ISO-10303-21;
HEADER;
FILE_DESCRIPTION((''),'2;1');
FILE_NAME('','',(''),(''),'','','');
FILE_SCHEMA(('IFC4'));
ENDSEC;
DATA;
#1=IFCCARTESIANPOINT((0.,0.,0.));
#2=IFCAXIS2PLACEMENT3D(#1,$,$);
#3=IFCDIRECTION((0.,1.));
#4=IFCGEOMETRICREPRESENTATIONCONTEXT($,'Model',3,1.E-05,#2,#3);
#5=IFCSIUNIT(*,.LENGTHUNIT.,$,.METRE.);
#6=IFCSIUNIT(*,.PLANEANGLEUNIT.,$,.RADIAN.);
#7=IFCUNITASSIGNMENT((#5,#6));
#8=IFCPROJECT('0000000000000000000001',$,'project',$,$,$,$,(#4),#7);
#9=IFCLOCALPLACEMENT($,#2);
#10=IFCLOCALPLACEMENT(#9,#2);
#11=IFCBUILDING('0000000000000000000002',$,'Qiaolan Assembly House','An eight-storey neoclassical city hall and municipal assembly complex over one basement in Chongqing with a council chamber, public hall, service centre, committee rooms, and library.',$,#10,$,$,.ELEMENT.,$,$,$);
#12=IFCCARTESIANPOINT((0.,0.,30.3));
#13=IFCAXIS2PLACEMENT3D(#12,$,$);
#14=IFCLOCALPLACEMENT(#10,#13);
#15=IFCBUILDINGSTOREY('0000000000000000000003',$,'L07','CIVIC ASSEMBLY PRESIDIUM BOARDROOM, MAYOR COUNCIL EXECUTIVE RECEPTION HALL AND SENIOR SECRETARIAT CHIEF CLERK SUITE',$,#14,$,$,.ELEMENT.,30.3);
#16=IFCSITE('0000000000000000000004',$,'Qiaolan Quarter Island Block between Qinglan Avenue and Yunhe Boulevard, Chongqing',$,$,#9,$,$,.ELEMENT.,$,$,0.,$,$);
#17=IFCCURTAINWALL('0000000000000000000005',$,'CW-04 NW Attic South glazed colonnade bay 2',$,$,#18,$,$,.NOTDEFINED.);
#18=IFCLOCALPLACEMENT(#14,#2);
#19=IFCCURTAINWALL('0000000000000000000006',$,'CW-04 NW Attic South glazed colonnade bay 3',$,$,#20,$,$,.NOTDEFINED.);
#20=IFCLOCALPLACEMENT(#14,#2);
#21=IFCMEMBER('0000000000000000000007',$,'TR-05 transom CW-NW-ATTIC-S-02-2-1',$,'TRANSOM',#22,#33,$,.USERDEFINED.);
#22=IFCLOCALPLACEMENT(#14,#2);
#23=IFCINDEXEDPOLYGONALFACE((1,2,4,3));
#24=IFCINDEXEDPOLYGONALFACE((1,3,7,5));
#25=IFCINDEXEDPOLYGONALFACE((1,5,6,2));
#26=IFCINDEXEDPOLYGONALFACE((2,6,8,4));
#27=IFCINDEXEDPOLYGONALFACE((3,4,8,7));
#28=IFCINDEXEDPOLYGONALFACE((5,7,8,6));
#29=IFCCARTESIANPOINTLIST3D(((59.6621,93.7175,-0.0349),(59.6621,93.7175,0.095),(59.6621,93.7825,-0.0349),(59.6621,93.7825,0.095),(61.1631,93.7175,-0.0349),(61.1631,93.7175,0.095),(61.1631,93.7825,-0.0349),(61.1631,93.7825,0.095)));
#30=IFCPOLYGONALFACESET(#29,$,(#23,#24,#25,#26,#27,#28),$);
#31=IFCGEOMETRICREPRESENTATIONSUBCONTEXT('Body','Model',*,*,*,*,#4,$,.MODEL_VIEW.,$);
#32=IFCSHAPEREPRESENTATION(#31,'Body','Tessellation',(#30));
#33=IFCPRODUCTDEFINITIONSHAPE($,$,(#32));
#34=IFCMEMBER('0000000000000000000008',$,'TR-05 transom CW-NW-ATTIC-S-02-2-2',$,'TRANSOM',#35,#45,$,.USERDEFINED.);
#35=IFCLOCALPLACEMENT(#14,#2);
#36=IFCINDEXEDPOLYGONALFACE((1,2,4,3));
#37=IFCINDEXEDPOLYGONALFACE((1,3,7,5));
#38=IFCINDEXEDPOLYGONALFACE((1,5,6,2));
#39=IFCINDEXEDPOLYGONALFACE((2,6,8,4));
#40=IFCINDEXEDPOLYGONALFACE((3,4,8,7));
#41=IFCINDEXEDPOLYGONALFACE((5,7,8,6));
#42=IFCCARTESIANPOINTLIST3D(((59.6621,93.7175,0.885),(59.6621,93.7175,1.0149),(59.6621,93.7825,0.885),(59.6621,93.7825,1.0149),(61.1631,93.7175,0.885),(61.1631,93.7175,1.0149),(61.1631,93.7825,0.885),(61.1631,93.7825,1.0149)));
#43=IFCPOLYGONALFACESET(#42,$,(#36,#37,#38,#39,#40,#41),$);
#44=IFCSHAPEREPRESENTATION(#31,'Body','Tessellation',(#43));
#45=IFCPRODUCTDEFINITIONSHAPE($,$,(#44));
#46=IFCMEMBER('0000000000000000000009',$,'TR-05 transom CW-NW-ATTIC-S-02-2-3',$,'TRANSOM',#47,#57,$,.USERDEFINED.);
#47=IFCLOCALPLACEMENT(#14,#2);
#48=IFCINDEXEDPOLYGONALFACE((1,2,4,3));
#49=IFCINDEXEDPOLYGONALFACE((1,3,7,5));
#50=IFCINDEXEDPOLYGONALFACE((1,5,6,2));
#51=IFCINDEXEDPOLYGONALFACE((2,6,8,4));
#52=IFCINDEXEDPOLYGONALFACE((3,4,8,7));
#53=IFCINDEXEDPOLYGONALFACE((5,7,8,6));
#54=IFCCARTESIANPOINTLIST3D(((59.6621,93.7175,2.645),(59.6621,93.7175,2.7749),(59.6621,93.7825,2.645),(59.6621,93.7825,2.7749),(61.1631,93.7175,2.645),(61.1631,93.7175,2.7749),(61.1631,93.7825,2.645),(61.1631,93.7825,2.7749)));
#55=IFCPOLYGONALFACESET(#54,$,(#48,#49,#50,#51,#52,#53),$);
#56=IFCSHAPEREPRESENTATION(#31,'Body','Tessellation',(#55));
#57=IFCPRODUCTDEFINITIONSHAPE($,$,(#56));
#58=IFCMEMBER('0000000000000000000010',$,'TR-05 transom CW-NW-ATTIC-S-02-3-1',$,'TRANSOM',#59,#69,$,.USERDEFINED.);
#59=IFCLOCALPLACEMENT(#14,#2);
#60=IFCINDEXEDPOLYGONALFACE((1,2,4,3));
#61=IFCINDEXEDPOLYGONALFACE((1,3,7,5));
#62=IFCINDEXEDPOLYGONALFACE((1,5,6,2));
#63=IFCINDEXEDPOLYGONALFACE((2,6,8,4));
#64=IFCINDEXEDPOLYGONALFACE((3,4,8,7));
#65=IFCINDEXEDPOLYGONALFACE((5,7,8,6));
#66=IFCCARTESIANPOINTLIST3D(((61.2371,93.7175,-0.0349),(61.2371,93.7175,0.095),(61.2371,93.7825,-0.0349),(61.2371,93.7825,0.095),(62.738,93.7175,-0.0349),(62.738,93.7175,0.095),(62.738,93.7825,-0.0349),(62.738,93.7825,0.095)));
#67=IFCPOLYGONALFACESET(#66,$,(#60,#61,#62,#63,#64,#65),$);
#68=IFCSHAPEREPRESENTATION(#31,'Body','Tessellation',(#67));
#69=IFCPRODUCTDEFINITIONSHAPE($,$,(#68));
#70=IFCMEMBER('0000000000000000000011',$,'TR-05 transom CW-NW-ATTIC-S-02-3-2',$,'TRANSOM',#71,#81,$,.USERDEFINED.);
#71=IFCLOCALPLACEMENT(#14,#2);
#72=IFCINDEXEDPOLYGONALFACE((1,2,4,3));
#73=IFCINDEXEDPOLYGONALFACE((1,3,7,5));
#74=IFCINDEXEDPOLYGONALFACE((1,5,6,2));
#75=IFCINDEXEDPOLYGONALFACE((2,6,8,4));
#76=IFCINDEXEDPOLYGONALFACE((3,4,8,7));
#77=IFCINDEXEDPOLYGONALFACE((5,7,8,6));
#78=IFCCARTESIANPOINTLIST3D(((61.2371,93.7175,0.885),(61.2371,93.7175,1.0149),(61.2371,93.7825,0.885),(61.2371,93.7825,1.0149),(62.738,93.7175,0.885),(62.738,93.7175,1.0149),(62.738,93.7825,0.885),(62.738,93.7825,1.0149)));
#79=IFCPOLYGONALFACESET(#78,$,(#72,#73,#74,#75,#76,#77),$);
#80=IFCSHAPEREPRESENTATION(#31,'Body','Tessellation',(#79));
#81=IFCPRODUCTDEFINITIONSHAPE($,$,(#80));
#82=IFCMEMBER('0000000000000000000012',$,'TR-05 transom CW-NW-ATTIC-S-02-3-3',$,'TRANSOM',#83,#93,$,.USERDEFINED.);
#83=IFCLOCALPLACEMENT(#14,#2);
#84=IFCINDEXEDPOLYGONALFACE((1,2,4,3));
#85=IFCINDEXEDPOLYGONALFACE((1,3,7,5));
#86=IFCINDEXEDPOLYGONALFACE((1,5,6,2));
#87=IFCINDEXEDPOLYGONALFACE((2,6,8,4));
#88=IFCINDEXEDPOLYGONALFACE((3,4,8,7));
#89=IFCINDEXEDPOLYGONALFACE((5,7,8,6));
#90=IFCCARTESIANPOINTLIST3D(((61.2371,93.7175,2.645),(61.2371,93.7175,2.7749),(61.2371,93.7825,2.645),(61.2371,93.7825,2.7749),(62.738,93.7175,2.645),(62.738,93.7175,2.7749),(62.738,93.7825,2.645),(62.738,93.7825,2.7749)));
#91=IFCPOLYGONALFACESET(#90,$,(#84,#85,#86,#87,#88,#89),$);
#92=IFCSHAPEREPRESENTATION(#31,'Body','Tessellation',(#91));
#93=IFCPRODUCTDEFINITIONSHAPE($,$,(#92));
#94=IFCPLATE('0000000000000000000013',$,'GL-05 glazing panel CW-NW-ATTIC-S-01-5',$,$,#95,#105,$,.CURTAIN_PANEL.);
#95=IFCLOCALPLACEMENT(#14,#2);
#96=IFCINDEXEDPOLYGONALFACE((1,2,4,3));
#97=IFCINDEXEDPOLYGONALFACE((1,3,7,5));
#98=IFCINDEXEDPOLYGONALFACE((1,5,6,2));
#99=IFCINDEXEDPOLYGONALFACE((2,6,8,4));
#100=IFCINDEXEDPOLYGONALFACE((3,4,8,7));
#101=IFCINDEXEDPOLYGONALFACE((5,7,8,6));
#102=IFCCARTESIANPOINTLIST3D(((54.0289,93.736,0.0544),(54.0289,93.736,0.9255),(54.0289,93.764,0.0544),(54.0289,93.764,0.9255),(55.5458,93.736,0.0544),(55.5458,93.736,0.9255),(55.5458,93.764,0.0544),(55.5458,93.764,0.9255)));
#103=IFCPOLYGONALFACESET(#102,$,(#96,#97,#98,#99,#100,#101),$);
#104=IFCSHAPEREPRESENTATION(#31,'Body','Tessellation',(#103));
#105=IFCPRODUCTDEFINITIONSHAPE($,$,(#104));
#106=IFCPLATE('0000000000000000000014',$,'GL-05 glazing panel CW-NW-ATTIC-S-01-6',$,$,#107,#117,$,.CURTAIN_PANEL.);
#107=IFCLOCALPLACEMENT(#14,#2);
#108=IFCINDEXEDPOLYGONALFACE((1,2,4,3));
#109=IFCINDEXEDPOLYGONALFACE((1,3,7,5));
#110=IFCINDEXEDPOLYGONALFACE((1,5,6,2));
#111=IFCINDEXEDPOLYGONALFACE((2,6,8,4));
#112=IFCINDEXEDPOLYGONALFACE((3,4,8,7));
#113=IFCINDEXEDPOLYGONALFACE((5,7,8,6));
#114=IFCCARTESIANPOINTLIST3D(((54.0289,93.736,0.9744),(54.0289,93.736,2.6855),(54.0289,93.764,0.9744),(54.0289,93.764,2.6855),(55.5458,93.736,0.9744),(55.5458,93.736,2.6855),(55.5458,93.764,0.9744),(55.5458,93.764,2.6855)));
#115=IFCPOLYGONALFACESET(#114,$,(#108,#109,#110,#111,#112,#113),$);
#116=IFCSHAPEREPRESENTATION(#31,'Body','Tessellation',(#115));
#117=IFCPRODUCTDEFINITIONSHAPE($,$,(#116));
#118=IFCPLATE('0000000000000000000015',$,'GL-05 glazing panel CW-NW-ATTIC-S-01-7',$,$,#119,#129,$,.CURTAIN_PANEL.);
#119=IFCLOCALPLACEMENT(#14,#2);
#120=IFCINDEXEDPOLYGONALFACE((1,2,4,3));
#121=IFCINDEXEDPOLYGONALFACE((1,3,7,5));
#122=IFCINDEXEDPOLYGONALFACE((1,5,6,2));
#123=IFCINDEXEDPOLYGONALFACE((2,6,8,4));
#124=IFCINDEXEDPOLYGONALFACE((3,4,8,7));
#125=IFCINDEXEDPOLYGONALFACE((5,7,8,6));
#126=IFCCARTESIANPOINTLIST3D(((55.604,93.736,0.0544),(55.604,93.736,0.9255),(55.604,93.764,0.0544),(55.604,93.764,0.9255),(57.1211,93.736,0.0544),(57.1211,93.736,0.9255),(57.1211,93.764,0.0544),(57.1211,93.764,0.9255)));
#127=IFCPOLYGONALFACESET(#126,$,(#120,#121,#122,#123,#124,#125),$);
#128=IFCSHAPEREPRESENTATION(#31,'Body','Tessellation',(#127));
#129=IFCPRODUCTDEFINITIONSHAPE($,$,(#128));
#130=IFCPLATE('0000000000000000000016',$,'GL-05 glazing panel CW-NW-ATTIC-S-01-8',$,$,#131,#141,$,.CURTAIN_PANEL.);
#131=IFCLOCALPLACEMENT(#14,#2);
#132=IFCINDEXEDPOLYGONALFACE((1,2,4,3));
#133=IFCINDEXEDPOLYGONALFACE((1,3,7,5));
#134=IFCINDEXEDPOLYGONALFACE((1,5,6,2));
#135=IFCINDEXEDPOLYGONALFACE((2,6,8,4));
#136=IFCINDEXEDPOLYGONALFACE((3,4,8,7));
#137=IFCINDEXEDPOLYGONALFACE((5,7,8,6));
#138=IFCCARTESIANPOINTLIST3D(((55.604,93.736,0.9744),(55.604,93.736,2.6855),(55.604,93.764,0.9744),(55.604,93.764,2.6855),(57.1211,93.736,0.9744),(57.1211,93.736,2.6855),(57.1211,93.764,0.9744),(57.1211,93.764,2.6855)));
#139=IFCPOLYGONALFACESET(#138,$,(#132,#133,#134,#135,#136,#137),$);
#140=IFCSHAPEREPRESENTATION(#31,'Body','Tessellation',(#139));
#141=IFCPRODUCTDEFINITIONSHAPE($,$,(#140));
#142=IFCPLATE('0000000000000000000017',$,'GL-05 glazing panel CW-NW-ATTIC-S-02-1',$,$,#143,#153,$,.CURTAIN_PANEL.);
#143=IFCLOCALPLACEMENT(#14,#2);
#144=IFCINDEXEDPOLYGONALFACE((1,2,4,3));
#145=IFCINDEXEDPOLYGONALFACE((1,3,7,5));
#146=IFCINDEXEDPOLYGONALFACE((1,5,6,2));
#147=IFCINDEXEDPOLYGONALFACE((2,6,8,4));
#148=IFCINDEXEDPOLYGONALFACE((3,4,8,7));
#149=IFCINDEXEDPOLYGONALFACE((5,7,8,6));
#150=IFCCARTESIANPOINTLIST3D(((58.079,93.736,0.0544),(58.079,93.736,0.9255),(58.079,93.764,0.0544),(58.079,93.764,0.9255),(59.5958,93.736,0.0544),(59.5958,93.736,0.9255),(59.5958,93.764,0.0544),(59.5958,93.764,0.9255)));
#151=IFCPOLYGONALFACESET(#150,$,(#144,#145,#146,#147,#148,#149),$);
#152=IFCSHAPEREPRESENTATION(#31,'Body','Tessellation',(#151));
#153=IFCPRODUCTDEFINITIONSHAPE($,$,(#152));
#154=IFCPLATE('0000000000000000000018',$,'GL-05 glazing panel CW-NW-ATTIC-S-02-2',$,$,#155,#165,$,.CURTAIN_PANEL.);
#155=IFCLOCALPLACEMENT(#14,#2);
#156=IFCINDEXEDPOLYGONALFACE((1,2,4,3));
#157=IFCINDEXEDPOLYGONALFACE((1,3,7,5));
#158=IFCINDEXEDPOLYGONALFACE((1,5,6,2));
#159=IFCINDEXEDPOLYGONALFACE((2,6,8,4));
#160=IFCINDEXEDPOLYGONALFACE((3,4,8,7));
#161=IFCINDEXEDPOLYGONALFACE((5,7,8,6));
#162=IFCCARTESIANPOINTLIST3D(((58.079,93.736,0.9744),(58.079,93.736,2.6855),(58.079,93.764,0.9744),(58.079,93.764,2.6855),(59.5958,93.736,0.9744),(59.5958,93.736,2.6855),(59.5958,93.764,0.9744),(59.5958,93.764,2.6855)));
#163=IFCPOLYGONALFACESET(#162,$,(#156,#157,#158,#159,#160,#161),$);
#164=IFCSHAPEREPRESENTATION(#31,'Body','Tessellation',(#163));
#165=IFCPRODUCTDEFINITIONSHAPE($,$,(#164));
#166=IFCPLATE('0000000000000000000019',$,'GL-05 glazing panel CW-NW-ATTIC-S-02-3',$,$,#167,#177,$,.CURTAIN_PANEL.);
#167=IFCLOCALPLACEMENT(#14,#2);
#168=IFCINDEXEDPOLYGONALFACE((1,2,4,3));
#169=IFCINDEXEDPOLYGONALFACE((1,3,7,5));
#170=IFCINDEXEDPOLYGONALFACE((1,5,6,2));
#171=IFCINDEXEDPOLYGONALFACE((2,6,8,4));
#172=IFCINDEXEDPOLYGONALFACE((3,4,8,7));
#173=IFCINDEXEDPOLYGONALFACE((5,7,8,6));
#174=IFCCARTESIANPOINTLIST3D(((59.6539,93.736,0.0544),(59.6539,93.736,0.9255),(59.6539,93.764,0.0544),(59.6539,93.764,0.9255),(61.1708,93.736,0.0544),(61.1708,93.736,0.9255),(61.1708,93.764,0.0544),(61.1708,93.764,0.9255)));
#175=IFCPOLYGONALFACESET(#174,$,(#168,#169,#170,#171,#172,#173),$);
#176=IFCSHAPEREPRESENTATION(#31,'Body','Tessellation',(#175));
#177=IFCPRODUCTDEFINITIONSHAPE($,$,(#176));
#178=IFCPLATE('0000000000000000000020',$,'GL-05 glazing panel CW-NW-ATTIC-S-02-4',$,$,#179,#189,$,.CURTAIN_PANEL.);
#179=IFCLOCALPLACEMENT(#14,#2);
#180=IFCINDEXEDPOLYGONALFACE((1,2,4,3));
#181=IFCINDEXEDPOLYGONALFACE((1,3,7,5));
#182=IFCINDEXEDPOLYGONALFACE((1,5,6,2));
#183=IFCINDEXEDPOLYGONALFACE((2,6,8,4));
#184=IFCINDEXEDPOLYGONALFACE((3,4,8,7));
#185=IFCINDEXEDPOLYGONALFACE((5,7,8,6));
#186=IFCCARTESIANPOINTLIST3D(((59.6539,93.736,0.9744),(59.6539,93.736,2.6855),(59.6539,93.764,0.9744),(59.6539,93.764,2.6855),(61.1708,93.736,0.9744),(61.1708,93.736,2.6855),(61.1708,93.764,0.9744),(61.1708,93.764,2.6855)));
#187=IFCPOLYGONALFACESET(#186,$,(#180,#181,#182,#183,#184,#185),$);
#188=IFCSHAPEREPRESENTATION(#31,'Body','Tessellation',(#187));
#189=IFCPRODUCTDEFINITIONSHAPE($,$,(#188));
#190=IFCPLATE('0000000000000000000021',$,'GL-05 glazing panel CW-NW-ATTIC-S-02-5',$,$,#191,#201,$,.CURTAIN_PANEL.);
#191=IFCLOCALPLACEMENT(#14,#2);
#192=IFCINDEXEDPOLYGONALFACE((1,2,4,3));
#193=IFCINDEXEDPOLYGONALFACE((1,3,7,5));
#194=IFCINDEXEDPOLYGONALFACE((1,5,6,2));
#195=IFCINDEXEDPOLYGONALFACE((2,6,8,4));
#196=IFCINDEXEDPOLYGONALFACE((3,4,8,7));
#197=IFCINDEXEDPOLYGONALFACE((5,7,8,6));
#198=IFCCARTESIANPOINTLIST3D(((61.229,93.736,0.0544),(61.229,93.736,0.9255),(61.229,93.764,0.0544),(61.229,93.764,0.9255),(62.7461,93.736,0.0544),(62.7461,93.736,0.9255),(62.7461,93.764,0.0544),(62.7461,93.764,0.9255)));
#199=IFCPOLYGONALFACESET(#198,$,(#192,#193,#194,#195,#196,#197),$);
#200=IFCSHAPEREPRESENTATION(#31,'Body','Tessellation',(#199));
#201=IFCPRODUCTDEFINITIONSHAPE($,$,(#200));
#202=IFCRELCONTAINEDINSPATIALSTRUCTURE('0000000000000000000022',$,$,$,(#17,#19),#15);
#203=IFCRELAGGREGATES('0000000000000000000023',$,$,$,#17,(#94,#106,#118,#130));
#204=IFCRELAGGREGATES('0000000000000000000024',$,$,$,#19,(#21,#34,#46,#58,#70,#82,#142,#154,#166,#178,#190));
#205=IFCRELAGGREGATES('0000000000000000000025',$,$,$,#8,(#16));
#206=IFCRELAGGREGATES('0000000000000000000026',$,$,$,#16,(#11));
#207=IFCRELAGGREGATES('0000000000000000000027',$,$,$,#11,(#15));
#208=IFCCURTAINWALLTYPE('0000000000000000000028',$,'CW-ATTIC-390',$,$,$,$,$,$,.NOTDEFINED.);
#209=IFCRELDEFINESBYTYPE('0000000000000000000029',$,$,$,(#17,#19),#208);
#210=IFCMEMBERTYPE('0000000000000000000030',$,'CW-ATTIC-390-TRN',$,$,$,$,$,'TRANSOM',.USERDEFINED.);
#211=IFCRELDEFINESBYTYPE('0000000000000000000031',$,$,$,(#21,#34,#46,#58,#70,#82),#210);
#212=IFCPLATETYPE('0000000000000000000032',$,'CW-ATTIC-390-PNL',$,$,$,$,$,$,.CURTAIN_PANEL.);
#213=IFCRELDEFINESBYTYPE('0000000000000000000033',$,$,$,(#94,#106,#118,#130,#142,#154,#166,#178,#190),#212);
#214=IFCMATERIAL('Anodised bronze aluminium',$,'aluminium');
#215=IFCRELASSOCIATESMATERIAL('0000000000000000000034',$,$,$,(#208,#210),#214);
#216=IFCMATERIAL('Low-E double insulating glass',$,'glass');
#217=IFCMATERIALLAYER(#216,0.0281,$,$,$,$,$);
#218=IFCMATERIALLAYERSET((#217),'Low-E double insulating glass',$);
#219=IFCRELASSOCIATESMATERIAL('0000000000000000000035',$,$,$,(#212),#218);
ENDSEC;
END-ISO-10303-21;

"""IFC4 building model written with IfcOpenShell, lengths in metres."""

from ifc_helpers import new_model, si_unit, direction, frame, frame_2d, origin, origin_2d, place, context, subcontext, project, spatial, rectangle, extrude, material, layer, layer_set, material_profile, profile_set, type_object, element, aggregate, save


model = new_model("IFC4")

# Units and contexts
model_context = context("Model", 3, precision=1e-05, world=origin(), true_north=direction((0.0, 1.0)))
body_context = subcontext(model_context, "Body", "Model", "MODEL_VIEW")
ifc_project = project(units=[si_unit("LENGTHUNIT", "METRE"), si_unit("PLANEANGLEUNIT", "RADIAN")], contexts=[model_context])

# Site, building, storey
site_placement = place(None, origin())
site = spatial("IfcSite", under=ifc_project, at=site_placement, Name="Qiaolan Quarter Island Block between Qinglan Avenue and Yunhe Boulevard, Chongqing", CompositionType="ELEMENT", RefElevation=0.0)
building_placement = place(site_placement, origin())
building = spatial("IfcBuilding", under=site, at=building_placement, Name="Qiaolan Assembly House", Description="An eight-storey neoclassical city hall and municipal assembly complex over one basement in Chongqing with a council chamber, public hall, service centre, committee rooms, and library.", CompositionType="ELEMENT")
storey_placement = place(building_placement, frame((0.0, 0.0, 30.3)))
storey = spatial("IfcBuildingStorey", under=building, at=storey_placement, Name="L07", Description="CIVIC ASSEMBLY PRESIDIUM BOARDROOM, MAYOR COUNCIL EXECUTIVE RECEPTION HALL AND SENIOR SECRETARIAT CHIEF CLERK SUITE", CompositionType="ELEMENT", Elevation=30.3)

# Curtain walls
ifc_material_1 = material(Name="Anodised bronze aluminium", Category="aluminium")
curtain_wall_type = type_object("IfcCurtainWallType", Name="CW-ATTIC-390", PredefinedType="NOTDEFINED", material=ifc_material_1)
curtain_wall_1_placement = place(storey_placement, origin())
curtain_wall_1 = element("IfcCurtainWall", 1, at=curtain_wall_1_placement, inside=storey, type_object=curtain_wall_type, Name="CW-04 NW Attic South glazed colonnade bay 2", PredefinedType="NOTDEFINED")
curtain_wall_2_placement = place(storey_placement, origin())
curtain_wall_2 = element("IfcCurtainWall", 2, at=curtain_wall_2_placement, inside=storey, type_object=curtain_wall_type, Name="CW-04 NW Attic South glazed colonnade bay 3", PredefinedType="NOTDEFINED")

# Members
ifc_material_profile_1 = material_profile(ifc_material_1, rectangle(XDim=0.0649, YDim=0.1299, at=origin_2d()), Name="TRN 65x130")
ifc_profile_set_1 = profile_set([ifc_material_profile_1], Name="Anodised bronze aluminium")
member_type_1 = type_object("IfcMemberType", Name="CW-ATTIC-390-TRN", ElementType="TRANSOM", PredefinedType="USERDEFINED", material=ifc_profile_set_1)
member_1_placement = place(storey_placement, frame((59.6621, 93.75, 0.03), z_axis=(1.0, 0.0, 0.0), x_axis=(0.0, 1.0, 0.0)))
member_1 = element("IfcMember", 3, at=member_1_placement, type_object=member_type_1, Name="TR-05 transom CW-NW-ATTIC-S-02-2-1", ObjectType="TRANSOM", PredefinedType="USERDEFINED", context=body_context, shape_type="SweptSolid", body=[
    extrude(rectangle(XDim=0.0649, YDim=0.1299, at=origin_2d()), origin(), (0.0, 0.0, 1.0), 1.501),
])
member_2_placement = place(storey_placement, frame((59.6621, 93.75, 0.95), z_axis=(1.0, 0.0, 0.0), x_axis=(0.0, 1.0, 0.0)))
member_2 = element("IfcMember", 4, at=member_2_placement, type_object=member_type_1, Name="TR-05 transom CW-NW-ATTIC-S-02-2-2", ObjectType="TRANSOM", PredefinedType="USERDEFINED", context=body_context, shape_type="SweptSolid", body=[
    extrude(rectangle(XDim=0.0649, YDim=0.1299, at=origin_2d()), origin(), (0.0, 0.0, 1.0), 1.501),
])
member_3_placement = place(storey_placement, frame((59.6621, 93.75, 2.71), z_axis=(1.0, 0.0, 0.0), x_axis=(0.0, 1.0, 0.0)))
member_3 = element("IfcMember", 5, at=member_3_placement, type_object=member_type_1, Name="TR-05 transom CW-NW-ATTIC-S-02-2-3", ObjectType="TRANSOM", PredefinedType="USERDEFINED", context=body_context, shape_type="SweptSolid", body=[
    extrude(rectangle(XDim=0.0649, YDim=0.1299, at=origin_2d()), origin(), (0.0, 0.0, 1.0), 1.501),
])
member_4_placement = place(storey_placement, frame((61.2371, 93.75, 0.03), z_axis=(1.0, 0.0, 0.0), x_axis=(0.0, 1.0, 0.0)))
member_4 = element("IfcMember", 6, at=member_4_placement, type_object=member_type_1, Name="TR-05 transom CW-NW-ATTIC-S-02-3-1", ObjectType="TRANSOM", PredefinedType="USERDEFINED", context=body_context, shape_type="SweptSolid", body=[
    extrude(rectangle(XDim=0.0649, YDim=0.1299, at=origin_2d()), origin(), (0.0, 0.0, 1.0), 1.501),
])
member_5_placement = place(storey_placement, frame((61.2371, 93.75, 0.95), z_axis=(1.0, 0.0, 0.0), x_axis=(0.0, 1.0, 0.0)))
member_5 = element("IfcMember", 7, at=member_5_placement, type_object=member_type_1, Name="TR-05 transom CW-NW-ATTIC-S-02-3-2", ObjectType="TRANSOM", PredefinedType="USERDEFINED", context=body_context, shape_type="SweptSolid", body=[
    extrude(rectangle(XDim=0.0649, YDim=0.1299, at=origin_2d()), origin(), (0.0, 0.0, 1.0), 1.501),
])
member_6_placement = place(storey_placement, frame((61.2371, 93.75, 2.71), z_axis=(1.0, 0.0, 0.0), x_axis=(0.0, 1.0, 0.0)))
member_6 = element("IfcMember", 8, at=member_6_placement, type_object=member_type_1, Name="TR-05 transom CW-NW-ATTIC-S-02-3-3", ObjectType="TRANSOM", PredefinedType="USERDEFINED", context=body_context, shape_type="SweptSolid", body=[
    extrude(rectangle(XDim=0.0649, YDim=0.1299, at=origin_2d()), origin(), (0.0, 0.0, 1.0), 1.501),
])

# Plates
ifc_material_2 = material(Name="Low-E double insulating glass", Category="glass")
ifc_layer = layer(ifc_material_2, 0.0281)
ifc_layer_set = layer_set([ifc_layer], Name="Low-E double insulating glass")
plate_type = type_object("IfcPlateType", Name="CW-ATTIC-390-PNL", PredefinedType="CURTAIN_PANEL", material=ifc_layer_set)
plate_1_placement = place(storey_placement, frame((54.0291, 93.75, 0.0544), z_axis=(0.0, 0.0, 1.0), x_axis=(1.0, 0.0, 0.0)))
plate_1 = element("IfcPlate", 9, at=plate_1_placement, type_object=plate_type, Name="GL-05 glazing panel CW-NW-ATTIC-S-01-5", PredefinedType="CURTAIN_PANEL", context=body_context, shape_type="SweptSolid", body=[
    extrude(rectangle(XDim=1.5168, YDim=0.0281, at=frame_2d((0.7583, 0.0))), origin(), (0.0, 0.0, 1.0), 0.8711),
])
plate_2_placement = place(storey_placement, frame((54.0291, 93.75, 0.9744), z_axis=(0.0, 0.0, 1.0), x_axis=(1.0, 0.0, 0.0)))
plate_2 = element("IfcPlate", 10, at=plate_2_placement, type_object=plate_type, Name="GL-05 glazing panel CW-NW-ATTIC-S-01-6", PredefinedType="CURTAIN_PANEL", context=body_context, shape_type="SweptSolid", body=[
    extrude(rectangle(XDim=1.5168, YDim=0.0281, at=frame_2d((0.7583, 0.0))), origin(), (0.0, 0.0, 1.0), 1.7112),
])
plate_3_placement = place(storey_placement, frame((55.604, 93.75, 0.0544), z_axis=(0.0, 0.0, 1.0), x_axis=(1.0, 0.0, 0.0)))
plate_3 = element("IfcPlate", 11, at=plate_3_placement, type_object=plate_type, Name="GL-05 glazing panel CW-NW-ATTIC-S-01-7", PredefinedType="CURTAIN_PANEL", context=body_context, shape_type="SweptSolid", body=[
    extrude(rectangle(XDim=1.5171, YDim=0.0281, at=frame_2d((0.7585, 0.0))), origin(), (0.0, 0.0, 1.0), 0.8711),
])
plate_4_placement = place(storey_placement, frame((55.604, 93.75, 0.9744), z_axis=(0.0, 0.0, 1.0), x_axis=(1.0, 0.0, 0.0)))
plate_4 = element("IfcPlate", 12, at=plate_4_placement, type_object=plate_type, Name="GL-05 glazing panel CW-NW-ATTIC-S-01-8", PredefinedType="CURTAIN_PANEL", context=body_context, shape_type="SweptSolid", body=[
    extrude(rectangle(XDim=1.5171, YDim=0.0281, at=frame_2d((0.7585, 0.0))), origin(), (0.0, 0.0, 1.0), 1.7112),
])
aggregate(curtain_wall_1, [plate_1, plate_2, plate_3, plate_4])
plate_5_placement = place(storey_placement, frame((58.0791, 93.75, 0.0544), z_axis=(0.0, 0.0, 1.0), x_axis=(1.0, 0.0, 0.0)))
plate_5 = element("IfcPlate", 13, at=plate_5_placement, type_object=plate_type, Name="GL-05 glazing panel CW-NW-ATTIC-S-02-1", PredefinedType="CURTAIN_PANEL", context=body_context, shape_type="SweptSolid", body=[
    extrude(rectangle(XDim=1.5168, YDim=0.0281, at=frame_2d((0.7583, 0.0))), origin(), (0.0, 0.0, 1.0), 0.8711),
])
plate_6_placement = place(storey_placement, frame((58.0791, 93.75, 0.9744), z_axis=(0.0, 0.0, 1.0), x_axis=(1.0, 0.0, 0.0)))
plate_6 = element("IfcPlate", 14, at=plate_6_placement, type_object=plate_type, Name="GL-05 glazing panel CW-NW-ATTIC-S-02-2", PredefinedType="CURTAIN_PANEL", context=body_context, shape_type="SweptSolid", body=[
    extrude(rectangle(XDim=1.5168, YDim=0.0281, at=frame_2d((0.7583, 0.0))), origin(), (0.0, 0.0, 1.0), 1.7112),
])
plate_7_placement = place(storey_placement, frame((59.6541, 93.75, 0.0544), z_axis=(0.0, 0.0, 1.0), x_axis=(1.0, 0.0, 0.0)))
plate_7 = element("IfcPlate", 15, at=plate_7_placement, type_object=plate_type, Name="GL-05 glazing panel CW-NW-ATTIC-S-02-3", PredefinedType="CURTAIN_PANEL", context=body_context, shape_type="SweptSolid", body=[
    extrude(rectangle(XDim=1.5168, YDim=0.0281, at=frame_2d((0.7583, 0.0))), origin(), (0.0, 0.0, 1.0), 0.8711),
])
plate_8_placement = place(storey_placement, frame((59.6541, 93.75, 0.9744), z_axis=(0.0, 0.0, 1.0), x_axis=(1.0, 0.0, 0.0)))
plate_8 = element("IfcPlate", 16, at=plate_8_placement, type_object=plate_type, Name="GL-05 glazing panel CW-NW-ATTIC-S-02-4", PredefinedType="CURTAIN_PANEL", context=body_context, shape_type="SweptSolid", body=[
    extrude(rectangle(XDim=1.5168, YDim=0.0281, at=frame_2d((0.7583, 0.0))), origin(), (0.0, 0.0, 1.0), 1.7112),
])
plate_9_placement = place(storey_placement, frame((61.229, 93.75, 0.0544), z_axis=(0.0, 0.0, 1.0), x_axis=(1.0, 0.0, 0.0)))
plate_9 = element("IfcPlate", 17, at=plate_9_placement, type_object=plate_type, Name="GL-05 glazing panel CW-NW-ATTIC-S-02-5", PredefinedType="CURTAIN_PANEL", context=body_context, shape_type="SweptSolid", body=[
    extrude(rectangle(XDim=1.5171, YDim=0.0281, at=frame_2d((0.7585, 0.0))), origin(), (0.0, 0.0, 1.0), 0.8711),
])
aggregate(curtain_wall_2, [member_1, member_2, member_3, member_4, member_5, member_6, plate_5, plate_6, plate_7, plate_8, plate_9])

save(model, "model.ifc")
